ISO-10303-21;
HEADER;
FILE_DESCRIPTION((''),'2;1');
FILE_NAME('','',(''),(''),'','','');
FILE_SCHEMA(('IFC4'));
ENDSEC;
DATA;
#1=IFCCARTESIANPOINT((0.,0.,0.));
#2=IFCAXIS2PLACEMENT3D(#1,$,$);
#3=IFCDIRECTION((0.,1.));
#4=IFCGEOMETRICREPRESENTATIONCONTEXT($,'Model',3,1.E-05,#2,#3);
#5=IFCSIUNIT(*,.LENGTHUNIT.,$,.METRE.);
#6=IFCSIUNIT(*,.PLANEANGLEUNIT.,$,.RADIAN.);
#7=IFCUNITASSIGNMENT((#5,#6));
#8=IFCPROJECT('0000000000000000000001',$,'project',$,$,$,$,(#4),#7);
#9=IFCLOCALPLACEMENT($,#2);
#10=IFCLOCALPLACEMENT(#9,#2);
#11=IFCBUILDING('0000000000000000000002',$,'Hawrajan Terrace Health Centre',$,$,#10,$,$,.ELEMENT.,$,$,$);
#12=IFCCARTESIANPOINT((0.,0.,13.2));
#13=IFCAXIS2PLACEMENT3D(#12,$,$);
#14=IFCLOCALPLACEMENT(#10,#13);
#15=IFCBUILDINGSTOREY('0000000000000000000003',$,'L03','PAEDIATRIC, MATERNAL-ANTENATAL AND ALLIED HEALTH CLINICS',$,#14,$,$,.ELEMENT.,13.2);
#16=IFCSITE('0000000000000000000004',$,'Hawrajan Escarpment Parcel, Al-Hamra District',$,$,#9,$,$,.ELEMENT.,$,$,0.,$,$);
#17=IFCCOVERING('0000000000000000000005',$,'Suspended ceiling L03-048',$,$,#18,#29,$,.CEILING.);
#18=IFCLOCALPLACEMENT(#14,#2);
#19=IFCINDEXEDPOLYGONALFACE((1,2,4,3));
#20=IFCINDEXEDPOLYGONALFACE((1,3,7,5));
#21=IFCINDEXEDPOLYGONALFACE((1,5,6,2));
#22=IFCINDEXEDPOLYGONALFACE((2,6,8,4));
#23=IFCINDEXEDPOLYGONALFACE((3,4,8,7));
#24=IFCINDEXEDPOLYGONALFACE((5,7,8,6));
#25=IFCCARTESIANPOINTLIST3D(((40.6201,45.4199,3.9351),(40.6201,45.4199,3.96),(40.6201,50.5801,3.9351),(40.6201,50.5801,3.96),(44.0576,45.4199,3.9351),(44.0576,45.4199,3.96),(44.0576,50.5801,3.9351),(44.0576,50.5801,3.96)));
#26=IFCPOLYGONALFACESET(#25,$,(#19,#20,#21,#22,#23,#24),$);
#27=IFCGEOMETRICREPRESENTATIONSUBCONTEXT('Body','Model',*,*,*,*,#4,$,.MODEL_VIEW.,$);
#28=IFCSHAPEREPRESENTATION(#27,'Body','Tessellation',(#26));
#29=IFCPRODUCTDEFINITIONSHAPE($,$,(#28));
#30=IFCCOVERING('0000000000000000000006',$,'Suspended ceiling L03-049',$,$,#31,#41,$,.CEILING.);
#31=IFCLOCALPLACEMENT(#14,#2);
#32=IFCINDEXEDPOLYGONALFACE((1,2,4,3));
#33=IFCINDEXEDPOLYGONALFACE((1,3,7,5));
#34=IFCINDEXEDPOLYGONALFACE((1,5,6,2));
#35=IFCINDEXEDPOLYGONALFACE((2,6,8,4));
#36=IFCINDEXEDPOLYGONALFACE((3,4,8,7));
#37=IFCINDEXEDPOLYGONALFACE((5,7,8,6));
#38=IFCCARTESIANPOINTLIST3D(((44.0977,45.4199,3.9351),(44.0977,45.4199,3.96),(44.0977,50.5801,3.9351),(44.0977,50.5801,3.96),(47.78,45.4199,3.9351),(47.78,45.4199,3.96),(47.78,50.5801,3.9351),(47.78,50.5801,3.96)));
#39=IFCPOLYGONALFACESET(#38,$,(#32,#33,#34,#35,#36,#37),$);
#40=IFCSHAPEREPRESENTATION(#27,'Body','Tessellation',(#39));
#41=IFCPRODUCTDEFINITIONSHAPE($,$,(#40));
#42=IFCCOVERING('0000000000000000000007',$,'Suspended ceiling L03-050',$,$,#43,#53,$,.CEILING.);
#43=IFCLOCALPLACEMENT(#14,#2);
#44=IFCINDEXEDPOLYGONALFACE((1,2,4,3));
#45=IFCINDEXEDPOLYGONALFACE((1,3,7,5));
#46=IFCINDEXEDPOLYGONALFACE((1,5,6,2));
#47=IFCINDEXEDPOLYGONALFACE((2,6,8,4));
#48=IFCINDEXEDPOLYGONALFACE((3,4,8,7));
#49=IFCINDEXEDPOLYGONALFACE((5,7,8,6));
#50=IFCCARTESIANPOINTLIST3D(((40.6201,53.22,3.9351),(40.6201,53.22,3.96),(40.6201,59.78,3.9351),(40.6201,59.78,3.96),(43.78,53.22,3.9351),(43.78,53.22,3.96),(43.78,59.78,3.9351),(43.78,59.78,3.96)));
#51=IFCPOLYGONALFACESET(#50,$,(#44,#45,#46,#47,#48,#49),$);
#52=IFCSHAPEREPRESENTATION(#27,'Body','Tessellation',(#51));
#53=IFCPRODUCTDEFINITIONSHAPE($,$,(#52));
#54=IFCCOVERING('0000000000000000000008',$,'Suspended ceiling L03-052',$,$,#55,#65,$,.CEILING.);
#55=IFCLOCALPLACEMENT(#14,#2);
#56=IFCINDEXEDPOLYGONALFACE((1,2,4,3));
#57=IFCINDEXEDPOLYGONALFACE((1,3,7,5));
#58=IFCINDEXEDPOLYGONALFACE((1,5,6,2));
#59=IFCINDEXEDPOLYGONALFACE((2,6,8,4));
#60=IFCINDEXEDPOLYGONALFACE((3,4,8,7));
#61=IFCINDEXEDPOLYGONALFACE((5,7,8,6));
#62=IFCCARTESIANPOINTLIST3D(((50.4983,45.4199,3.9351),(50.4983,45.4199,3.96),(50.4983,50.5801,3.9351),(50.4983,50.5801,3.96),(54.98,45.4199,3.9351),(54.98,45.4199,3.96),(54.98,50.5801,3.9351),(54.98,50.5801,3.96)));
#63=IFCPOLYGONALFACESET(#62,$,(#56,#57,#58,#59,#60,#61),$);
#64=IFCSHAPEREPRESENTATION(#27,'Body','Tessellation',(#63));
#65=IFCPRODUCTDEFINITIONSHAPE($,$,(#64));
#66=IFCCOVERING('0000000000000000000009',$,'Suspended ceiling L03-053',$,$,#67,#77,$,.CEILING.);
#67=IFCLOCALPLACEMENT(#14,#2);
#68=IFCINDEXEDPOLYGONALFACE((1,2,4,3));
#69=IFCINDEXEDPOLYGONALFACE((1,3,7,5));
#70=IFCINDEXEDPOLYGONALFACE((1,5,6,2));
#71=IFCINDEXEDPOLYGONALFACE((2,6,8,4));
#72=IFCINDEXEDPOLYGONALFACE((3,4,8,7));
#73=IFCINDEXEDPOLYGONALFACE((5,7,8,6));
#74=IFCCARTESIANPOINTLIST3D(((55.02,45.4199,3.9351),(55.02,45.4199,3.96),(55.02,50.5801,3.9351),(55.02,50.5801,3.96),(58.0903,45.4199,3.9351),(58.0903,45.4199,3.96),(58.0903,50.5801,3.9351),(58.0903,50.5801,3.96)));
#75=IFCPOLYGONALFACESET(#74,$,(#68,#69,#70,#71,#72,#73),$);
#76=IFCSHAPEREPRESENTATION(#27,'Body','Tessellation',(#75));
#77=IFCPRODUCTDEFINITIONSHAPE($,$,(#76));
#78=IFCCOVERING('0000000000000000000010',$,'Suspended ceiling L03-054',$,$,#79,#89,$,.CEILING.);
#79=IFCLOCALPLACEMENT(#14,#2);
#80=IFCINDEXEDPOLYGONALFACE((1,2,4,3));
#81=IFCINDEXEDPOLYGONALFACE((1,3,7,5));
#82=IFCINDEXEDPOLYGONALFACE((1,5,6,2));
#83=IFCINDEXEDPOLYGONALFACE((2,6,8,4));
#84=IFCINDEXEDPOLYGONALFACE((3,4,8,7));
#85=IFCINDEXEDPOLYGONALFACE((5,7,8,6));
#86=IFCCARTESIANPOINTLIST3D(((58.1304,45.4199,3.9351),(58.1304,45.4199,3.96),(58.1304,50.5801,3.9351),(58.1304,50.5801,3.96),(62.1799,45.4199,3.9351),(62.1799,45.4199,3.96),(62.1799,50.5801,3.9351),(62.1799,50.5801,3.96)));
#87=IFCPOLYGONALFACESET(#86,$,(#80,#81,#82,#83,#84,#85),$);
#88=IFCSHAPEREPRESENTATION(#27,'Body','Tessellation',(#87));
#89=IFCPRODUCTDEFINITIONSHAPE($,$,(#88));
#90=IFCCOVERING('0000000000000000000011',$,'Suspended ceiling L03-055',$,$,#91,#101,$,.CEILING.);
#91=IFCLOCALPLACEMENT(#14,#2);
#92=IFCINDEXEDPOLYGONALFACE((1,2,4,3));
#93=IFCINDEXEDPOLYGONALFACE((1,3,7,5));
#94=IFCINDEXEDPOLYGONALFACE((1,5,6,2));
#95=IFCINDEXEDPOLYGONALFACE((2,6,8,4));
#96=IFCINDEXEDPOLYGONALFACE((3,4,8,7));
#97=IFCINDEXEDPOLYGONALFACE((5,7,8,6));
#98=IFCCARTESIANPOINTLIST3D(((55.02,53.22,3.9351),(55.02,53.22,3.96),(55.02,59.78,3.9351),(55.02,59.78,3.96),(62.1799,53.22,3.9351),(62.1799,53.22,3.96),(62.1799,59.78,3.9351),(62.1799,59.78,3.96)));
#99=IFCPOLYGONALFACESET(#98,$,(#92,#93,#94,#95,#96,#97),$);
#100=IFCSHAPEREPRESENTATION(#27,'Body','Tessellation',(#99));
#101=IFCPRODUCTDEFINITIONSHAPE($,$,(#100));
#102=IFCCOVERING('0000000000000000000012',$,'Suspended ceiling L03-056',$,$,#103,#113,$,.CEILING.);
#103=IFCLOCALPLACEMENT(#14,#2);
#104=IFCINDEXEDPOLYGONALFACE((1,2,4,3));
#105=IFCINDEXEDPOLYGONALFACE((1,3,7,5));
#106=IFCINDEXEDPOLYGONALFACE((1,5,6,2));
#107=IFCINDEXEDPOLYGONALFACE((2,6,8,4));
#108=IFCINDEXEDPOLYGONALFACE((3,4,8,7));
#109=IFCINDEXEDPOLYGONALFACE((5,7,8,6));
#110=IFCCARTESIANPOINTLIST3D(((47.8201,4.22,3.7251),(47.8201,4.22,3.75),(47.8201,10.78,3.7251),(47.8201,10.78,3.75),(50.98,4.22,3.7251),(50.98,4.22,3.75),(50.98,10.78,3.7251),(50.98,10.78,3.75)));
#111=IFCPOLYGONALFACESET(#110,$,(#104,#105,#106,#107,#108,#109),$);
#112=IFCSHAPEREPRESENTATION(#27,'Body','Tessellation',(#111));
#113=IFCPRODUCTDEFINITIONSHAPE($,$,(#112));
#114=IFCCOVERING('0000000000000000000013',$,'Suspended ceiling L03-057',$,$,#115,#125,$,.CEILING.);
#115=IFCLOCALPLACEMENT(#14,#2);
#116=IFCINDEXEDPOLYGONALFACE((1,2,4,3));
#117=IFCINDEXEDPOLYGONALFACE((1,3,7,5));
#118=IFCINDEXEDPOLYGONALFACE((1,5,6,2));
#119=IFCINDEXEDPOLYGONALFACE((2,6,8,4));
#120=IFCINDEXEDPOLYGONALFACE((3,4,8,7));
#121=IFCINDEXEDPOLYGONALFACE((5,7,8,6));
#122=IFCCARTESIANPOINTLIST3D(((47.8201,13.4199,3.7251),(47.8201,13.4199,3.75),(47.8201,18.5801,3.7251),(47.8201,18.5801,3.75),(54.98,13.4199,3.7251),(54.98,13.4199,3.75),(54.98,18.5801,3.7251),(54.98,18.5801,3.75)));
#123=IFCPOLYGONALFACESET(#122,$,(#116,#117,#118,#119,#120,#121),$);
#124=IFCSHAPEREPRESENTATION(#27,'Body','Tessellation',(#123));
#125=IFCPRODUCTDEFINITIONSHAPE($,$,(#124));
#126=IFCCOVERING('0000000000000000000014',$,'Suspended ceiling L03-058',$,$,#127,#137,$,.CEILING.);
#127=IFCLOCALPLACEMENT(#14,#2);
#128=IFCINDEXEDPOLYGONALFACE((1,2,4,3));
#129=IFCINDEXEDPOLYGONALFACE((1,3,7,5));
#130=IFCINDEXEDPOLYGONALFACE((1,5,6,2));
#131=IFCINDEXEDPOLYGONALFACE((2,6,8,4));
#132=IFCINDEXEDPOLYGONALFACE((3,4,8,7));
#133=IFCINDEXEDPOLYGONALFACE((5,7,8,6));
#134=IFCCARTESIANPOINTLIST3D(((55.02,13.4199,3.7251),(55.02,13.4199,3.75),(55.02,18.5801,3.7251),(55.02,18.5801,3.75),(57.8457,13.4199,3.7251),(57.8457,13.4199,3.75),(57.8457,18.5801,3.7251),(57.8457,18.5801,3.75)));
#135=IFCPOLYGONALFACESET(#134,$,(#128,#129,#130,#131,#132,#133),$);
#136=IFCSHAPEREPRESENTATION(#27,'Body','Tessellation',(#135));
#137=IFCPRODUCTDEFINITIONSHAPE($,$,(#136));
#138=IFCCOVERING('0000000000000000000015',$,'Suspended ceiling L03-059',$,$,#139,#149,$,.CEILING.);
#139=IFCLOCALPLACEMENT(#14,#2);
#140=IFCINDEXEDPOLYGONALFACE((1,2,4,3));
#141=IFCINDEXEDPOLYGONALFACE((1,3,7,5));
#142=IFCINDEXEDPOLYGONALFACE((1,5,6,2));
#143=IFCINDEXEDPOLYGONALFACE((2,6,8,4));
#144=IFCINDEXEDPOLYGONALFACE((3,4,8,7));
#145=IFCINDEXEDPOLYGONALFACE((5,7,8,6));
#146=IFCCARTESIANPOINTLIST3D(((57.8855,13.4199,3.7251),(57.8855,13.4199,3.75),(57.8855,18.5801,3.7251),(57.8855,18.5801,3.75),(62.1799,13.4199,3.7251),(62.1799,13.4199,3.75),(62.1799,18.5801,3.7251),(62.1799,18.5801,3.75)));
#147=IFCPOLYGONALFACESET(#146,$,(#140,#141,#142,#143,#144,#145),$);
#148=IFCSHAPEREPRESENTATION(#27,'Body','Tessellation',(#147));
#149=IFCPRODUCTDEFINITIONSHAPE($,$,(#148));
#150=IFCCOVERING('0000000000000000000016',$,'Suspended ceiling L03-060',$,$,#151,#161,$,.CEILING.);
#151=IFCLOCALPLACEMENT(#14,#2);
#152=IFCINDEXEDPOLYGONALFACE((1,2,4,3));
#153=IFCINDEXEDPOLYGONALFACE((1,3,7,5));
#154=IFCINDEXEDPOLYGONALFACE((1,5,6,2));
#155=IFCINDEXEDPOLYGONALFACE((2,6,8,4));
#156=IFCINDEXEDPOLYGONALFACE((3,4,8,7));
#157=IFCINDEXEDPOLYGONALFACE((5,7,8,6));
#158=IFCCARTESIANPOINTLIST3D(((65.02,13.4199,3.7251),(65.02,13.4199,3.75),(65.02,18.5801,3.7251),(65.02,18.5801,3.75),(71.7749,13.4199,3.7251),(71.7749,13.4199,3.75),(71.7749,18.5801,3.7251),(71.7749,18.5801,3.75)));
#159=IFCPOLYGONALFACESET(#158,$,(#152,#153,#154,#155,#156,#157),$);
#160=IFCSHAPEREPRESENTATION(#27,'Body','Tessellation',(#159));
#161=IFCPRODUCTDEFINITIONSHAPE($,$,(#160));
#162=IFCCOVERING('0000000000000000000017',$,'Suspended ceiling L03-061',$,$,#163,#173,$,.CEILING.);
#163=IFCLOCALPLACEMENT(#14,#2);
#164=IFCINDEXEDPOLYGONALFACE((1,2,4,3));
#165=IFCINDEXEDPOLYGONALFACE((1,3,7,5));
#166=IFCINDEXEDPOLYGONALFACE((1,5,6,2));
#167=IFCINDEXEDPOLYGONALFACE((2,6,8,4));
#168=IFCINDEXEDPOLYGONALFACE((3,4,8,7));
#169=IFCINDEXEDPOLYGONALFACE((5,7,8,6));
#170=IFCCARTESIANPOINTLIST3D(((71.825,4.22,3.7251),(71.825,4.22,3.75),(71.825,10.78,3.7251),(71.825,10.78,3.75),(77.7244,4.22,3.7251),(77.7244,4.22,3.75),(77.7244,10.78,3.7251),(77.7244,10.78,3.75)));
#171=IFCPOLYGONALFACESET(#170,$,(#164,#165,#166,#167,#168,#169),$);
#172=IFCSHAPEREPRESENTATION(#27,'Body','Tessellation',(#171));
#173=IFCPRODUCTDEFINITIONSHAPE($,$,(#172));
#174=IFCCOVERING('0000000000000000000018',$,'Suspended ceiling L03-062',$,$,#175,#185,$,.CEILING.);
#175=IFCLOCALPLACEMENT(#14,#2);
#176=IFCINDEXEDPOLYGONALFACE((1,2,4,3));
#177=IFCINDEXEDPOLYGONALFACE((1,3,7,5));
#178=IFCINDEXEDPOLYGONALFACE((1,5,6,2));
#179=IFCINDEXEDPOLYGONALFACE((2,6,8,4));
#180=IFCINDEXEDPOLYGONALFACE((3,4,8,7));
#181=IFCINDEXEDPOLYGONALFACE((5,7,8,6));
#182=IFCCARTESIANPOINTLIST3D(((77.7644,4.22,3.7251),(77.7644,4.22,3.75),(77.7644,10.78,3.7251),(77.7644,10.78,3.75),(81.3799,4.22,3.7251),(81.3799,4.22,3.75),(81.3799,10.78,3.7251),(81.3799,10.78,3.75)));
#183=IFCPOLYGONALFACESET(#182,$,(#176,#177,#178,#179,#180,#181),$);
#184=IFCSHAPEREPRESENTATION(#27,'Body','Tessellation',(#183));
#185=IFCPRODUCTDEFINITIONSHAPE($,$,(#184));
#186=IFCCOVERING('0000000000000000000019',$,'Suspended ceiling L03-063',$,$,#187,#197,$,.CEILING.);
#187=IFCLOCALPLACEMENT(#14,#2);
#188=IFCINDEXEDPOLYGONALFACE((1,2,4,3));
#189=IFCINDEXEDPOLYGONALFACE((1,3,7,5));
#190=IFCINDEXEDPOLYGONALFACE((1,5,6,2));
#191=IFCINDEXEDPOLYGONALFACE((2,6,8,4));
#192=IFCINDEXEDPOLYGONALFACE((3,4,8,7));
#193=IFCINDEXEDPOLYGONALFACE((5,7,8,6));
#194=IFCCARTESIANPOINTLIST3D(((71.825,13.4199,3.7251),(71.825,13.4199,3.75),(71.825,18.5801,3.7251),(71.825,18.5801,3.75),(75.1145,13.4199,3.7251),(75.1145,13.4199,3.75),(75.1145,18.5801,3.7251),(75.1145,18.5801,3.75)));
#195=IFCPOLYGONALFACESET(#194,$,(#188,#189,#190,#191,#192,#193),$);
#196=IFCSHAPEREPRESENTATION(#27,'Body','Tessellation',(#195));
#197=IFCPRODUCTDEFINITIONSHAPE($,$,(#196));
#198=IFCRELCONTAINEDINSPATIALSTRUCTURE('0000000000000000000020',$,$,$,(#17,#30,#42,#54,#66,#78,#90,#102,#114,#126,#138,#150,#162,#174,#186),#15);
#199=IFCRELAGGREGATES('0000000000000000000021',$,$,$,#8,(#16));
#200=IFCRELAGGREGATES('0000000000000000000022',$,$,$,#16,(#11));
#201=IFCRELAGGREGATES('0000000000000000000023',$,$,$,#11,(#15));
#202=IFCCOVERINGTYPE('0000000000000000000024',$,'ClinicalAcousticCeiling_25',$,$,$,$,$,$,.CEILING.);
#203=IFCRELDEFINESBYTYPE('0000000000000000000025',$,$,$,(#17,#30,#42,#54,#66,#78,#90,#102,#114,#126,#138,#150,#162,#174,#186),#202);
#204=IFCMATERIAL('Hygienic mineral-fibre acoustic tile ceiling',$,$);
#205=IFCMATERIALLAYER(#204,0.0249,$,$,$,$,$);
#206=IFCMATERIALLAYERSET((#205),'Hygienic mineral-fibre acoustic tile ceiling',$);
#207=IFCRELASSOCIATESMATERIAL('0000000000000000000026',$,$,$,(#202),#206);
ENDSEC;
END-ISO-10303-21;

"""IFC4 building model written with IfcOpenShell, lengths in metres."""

from ifc_helpers import new_model, si_unit, direction, frame, origin, place, context, subcontext, project, spatial, polyline, outline, extrude, material, layer, layer_set, type_object, element, save


model = new_model("IFC4")

# Units and contexts
model_context = context("Model", 3, precision=1e-05, world=origin(), true_north=direction((0.0, 1.0)))
body_context = subcontext(model_context, "Body", "Model", "MODEL_VIEW")
ifc_project = project(units=[si_unit("LENGTHUNIT", "METRE"), si_unit("PLANEANGLEUNIT", "RADIAN")], contexts=[model_context])

# Site, building, storey
site_placement = place(None, origin())
site = spatial("IfcSite", under=ifc_project, at=site_placement, Name="Hawrajan Escarpment Parcel, Al-Hamra District", CompositionType="ELEMENT", RefElevation=0.0)
building_placement = place(site_placement, origin())
building = spatial("IfcBuilding", under=site, at=building_placement, Name="Hawrajan Terrace Health Centre", CompositionType="ELEMENT")
storey_placement = place(building_placement, frame((0.0, 0.0, 13.2)))
storey = spatial("IfcBuildingStorey", under=building, at=storey_placement, Name="L03", Description="PAEDIATRIC, MATERNAL-ANTENATAL AND ALLIED HEALTH CLINICS", CompositionType="ELEMENT", Elevation=13.2)

# Coverings
ifc_material_1 = material(Name="Hygienic mineral-fibre acoustic tile ceiling")
ifc_layer_1 = layer(ifc_material_1, 0.0249)
ifc_layer_set_1 = layer_set([ifc_layer_1], Name="Hygienic mineral-fibre acoustic tile ceiling")
covering_type_1 = type_object("IfcCoveringType", Name="ClinicalAcousticCeiling_25", PredefinedType="CEILING", material=ifc_layer_set_1)
covering_1_placement = place(storey_placement, frame((0.0, 0.0, 3.9351)))
element("IfcCovering", 1, at=covering_1_placement, inside=storey, type_object=covering_type_1, Name="Suspended ceiling L03-048", PredefinedType="CEILING", context=body_context, shape_type="SweptSolid", body=[
    extrude(outline(polyline([(40.6201, 50.5801), (44.0576, 50.5801), (44.0576, 45.4199), (40.6201, 45.4199), (40.6201, 50.5801)])), origin(), (0.0, 0.0, 1.0), 0.0249),
])
covering_2_placement = place(storey_placement, frame((0.0, 0.0, 3.9351)))
element("IfcCovering", 2, at=covering_2_placement, inside=storey, type_object=covering_type_1, Name="Suspended ceiling L03-049", PredefinedType="CEILING", context=body_context, shape_type="SweptSolid", body=[
    extrude(outline(polyline([(44.0977, 50.5801), (47.78, 50.5801), (47.78, 45.4199), (44.0977, 45.4199), (44.0977, 50.5801)])), origin(), (0.0, 0.0, 1.0), 0.0249),
])
covering_3_placement = place(storey_placement, frame((0.0, 0.0, 3.9351)))
element("IfcCovering", 3, at=covering_3_placement, inside=storey, type_object=covering_type_1, Name="Suspended ceiling L03-050", PredefinedType="CEILING", context=body_context, shape_type="SweptSolid", body=[
    extrude(outline(polyline([(40.6201, 59.78), (43.78, 59.78), (43.78, 53.22), (40.6201, 53.22), (40.6201, 59.78)])), origin(), (0.0, 0.0, 1.0), 0.0249),
])
covering_4_placement = place(storey_placement, frame((0.0, 0.0, 3.9351)))
element("IfcCovering", 4, at=covering_4_placement, inside=storey, type_object=covering_type_1, Name="Suspended ceiling L03-052", PredefinedType="CEILING", context=body_context, shape_type="SweptSolid", body=[
    extrude(outline(polyline([(50.4983, 50.5801), (54.98, 50.5801), (54.98, 45.4199), (50.4983, 45.4199), (50.4983, 50.5801)])), origin(), (0.0, 0.0, 1.0), 0.0249),
])
covering_5_placement = place(storey_placement, frame((0.0, 0.0, 3.9351)))
element("IfcCovering", 5, at=covering_5_placement, inside=storey, type_object=covering_type_1, Name="Suspended ceiling L03-053", PredefinedType="CEILING", context=body_context, shape_type="SweptSolid", body=[
    extrude(outline(polyline([(55.02, 50.5801), (58.0903, 50.5801), (58.0903, 45.4199), (55.02, 45.4199), (55.02, 50.5801)])), origin(), (0.0, 0.0, 1.0), 0.0249),
])
covering_6_placement = place(storey_placement, frame((0.0, 0.0, 3.9351)))
element("IfcCovering", 6, at=covering_6_placement, inside=storey, type_object=covering_type_1, Name="Suspended ceiling L03-054", PredefinedType="CEILING", context=body_context, shape_type="SweptSolid", body=[
    extrude(outline(polyline([(58.1304, 50.5801), (62.1799, 50.5801), (62.1799, 45.4199), (58.1304, 45.4199), (58.1304, 50.5801)])), origin(), (0.0, 0.0, 1.0), 0.0249),
])
covering_7_placement = place(storey_placement, frame((0.0, 0.0, 3.9351)))
element("IfcCovering", 7, at=covering_7_placement, inside=storey, type_object=covering_type_1, Name="Suspended ceiling L03-055", PredefinedType="CEILING", context=body_context, shape_type="SweptSolid", body=[
    extrude(outline(polyline([(55.02, 59.78), (62.1799, 59.78), (62.1799, 53.22), (55.02, 53.22), (55.02, 59.78)])), origin(), (0.0, 0.0, 1.0), 0.0249),
])
covering_8_placement = place(storey_placement, frame((0.0, 0.0, 3.7251)))
element("IfcCovering", 8, at=covering_8_placement, inside=storey, type_object=covering_type_1, Name="Suspended ceiling L03-056", PredefinedType="CEILING", context=body_context, shape_type="SweptSolid", body=[
    extrude(outline(polyline([(47.8201, 10.78), (50.98, 10.78), (50.98, 4.22), (47.8201, 4.22), (47.8201, 10.78)])), origin(), (0.0, 0.0, 1.0), 0.0249),
])
covering_9_placement = place(storey_placement, frame((0.0, 0.0, 3.7251)))
element("IfcCovering", 9, at=covering_9_placement, inside=storey, type_object=covering_type_1, Name="Suspended ceiling L03-057", PredefinedType="CEILING", context=body_context, shape_type="SweptSolid", body=[
    extrude(outline(polyline([(47.8201, 18.5801), (54.98, 18.5801), (54.98, 13.4199), (47.8201, 13.4199), (47.8201, 18.5801)])), origin(), (0.0, 0.0, 1.0), 0.0249),
])
covering_10_placement = place(storey_placement, frame((0.0, 0.0, 3.7251)))
element("IfcCovering", 10, at=covering_10_placement, inside=storey, type_object=covering_type_1, Name="Suspended ceiling L03-058", PredefinedType="CEILING", context=body_context, shape_type="SweptSolid", body=[
    extrude(outline(polyline([(55.02, 18.5801), (57.8457, 18.5801), (57.8457, 13.4199), (55.02, 13.4199), (55.02, 18.5801)])), origin(), (0.0, 0.0, 1.0), 0.0249),
])
covering_11_placement = place(storey_placement, frame((0.0, 0.0, 3.7251)))
element("IfcCovering", 11, at=covering_11_placement, inside=storey, type_object=covering_type_1, Name="Suspended ceiling L03-059", PredefinedType="CEILING", context=body_context, shape_type="SweptSolid", body=[
    extrude(outline(polyline([(57.8855, 18.5801), (62.1799, 18.5801), (62.1799, 13.4199), (57.8855, 13.4199), (57.8855, 18.5801)])), origin(), (0.0, 0.0, 1.0), 0.0249),
])
covering_12_placement = place(storey_placement, frame((0.0, 0.0, 3.7251)))
element("IfcCovering", 12, at=covering_12_placement, inside=storey, type_object=covering_type_1, Name="Suspended ceiling L03-060", PredefinedType="CEILING", context=body_context, shape_type="SweptSolid", body=[
    extrude(outline(polyline([(65.02, 18.5801), (71.7749, 18.5801), (71.7749, 13.4199), (65.02, 13.4199), (65.02, 18.5801)])), origin(), (0.0, 0.0, 1.0), 0.0249),
])
covering_13_placement = place(storey_placement, frame((0.0, 0.0, 3.7251)))
element("IfcCovering", 13, at=covering_13_placement, inside=storey, type_object=covering_type_1, Name="Suspended ceiling L03-061", PredefinedType="CEILING", context=body_context, shape_type="SweptSolid", body=[
    extrude(outline(polyline([(71.825, 10.78), (77.7244, 10.78), (77.7244, 4.22), (71.825, 4.22), (71.825, 10.78)])), origin(), (0.0, 0.0, 1.0), 0.0249),
])
covering_14_placement = place(storey_placement, frame((0.0, 0.0, 3.7251)))
element("IfcCovering", 14, at=covering_14_placement, inside=storey, type_object=covering_type_1, Name="Suspended ceiling L03-062", PredefinedType="CEILING", context=body_context, shape_type="SweptSolid", body=[
    extrude(outline(polyline([(77.7644, 10.78), (81.3799, 10.78), (81.3799, 4.22), (77.7644, 4.22), (77.7644, 10.78)])), origin(), (0.0, 0.0, 1.0), 0.0249),
])
covering_15_placement = place(storey_placement, frame((0.0, 0.0, 3.7251)))
element("IfcCovering", 15, at=covering_15_placement, inside=storey, type_object=covering_type_1, Name="Suspended ceiling L03-063", PredefinedType="CEILING", context=body_context, shape_type="SweptSolid", body=[
    extrude(outline(polyline([(71.825, 18.5801), (75.1145, 18.5801), (75.1145, 13.4199), (71.825, 13.4199), (71.825, 18.5801)])), origin(), (0.0, 0.0, 1.0), 0.0249),
])

save(model, "model.ifc")
